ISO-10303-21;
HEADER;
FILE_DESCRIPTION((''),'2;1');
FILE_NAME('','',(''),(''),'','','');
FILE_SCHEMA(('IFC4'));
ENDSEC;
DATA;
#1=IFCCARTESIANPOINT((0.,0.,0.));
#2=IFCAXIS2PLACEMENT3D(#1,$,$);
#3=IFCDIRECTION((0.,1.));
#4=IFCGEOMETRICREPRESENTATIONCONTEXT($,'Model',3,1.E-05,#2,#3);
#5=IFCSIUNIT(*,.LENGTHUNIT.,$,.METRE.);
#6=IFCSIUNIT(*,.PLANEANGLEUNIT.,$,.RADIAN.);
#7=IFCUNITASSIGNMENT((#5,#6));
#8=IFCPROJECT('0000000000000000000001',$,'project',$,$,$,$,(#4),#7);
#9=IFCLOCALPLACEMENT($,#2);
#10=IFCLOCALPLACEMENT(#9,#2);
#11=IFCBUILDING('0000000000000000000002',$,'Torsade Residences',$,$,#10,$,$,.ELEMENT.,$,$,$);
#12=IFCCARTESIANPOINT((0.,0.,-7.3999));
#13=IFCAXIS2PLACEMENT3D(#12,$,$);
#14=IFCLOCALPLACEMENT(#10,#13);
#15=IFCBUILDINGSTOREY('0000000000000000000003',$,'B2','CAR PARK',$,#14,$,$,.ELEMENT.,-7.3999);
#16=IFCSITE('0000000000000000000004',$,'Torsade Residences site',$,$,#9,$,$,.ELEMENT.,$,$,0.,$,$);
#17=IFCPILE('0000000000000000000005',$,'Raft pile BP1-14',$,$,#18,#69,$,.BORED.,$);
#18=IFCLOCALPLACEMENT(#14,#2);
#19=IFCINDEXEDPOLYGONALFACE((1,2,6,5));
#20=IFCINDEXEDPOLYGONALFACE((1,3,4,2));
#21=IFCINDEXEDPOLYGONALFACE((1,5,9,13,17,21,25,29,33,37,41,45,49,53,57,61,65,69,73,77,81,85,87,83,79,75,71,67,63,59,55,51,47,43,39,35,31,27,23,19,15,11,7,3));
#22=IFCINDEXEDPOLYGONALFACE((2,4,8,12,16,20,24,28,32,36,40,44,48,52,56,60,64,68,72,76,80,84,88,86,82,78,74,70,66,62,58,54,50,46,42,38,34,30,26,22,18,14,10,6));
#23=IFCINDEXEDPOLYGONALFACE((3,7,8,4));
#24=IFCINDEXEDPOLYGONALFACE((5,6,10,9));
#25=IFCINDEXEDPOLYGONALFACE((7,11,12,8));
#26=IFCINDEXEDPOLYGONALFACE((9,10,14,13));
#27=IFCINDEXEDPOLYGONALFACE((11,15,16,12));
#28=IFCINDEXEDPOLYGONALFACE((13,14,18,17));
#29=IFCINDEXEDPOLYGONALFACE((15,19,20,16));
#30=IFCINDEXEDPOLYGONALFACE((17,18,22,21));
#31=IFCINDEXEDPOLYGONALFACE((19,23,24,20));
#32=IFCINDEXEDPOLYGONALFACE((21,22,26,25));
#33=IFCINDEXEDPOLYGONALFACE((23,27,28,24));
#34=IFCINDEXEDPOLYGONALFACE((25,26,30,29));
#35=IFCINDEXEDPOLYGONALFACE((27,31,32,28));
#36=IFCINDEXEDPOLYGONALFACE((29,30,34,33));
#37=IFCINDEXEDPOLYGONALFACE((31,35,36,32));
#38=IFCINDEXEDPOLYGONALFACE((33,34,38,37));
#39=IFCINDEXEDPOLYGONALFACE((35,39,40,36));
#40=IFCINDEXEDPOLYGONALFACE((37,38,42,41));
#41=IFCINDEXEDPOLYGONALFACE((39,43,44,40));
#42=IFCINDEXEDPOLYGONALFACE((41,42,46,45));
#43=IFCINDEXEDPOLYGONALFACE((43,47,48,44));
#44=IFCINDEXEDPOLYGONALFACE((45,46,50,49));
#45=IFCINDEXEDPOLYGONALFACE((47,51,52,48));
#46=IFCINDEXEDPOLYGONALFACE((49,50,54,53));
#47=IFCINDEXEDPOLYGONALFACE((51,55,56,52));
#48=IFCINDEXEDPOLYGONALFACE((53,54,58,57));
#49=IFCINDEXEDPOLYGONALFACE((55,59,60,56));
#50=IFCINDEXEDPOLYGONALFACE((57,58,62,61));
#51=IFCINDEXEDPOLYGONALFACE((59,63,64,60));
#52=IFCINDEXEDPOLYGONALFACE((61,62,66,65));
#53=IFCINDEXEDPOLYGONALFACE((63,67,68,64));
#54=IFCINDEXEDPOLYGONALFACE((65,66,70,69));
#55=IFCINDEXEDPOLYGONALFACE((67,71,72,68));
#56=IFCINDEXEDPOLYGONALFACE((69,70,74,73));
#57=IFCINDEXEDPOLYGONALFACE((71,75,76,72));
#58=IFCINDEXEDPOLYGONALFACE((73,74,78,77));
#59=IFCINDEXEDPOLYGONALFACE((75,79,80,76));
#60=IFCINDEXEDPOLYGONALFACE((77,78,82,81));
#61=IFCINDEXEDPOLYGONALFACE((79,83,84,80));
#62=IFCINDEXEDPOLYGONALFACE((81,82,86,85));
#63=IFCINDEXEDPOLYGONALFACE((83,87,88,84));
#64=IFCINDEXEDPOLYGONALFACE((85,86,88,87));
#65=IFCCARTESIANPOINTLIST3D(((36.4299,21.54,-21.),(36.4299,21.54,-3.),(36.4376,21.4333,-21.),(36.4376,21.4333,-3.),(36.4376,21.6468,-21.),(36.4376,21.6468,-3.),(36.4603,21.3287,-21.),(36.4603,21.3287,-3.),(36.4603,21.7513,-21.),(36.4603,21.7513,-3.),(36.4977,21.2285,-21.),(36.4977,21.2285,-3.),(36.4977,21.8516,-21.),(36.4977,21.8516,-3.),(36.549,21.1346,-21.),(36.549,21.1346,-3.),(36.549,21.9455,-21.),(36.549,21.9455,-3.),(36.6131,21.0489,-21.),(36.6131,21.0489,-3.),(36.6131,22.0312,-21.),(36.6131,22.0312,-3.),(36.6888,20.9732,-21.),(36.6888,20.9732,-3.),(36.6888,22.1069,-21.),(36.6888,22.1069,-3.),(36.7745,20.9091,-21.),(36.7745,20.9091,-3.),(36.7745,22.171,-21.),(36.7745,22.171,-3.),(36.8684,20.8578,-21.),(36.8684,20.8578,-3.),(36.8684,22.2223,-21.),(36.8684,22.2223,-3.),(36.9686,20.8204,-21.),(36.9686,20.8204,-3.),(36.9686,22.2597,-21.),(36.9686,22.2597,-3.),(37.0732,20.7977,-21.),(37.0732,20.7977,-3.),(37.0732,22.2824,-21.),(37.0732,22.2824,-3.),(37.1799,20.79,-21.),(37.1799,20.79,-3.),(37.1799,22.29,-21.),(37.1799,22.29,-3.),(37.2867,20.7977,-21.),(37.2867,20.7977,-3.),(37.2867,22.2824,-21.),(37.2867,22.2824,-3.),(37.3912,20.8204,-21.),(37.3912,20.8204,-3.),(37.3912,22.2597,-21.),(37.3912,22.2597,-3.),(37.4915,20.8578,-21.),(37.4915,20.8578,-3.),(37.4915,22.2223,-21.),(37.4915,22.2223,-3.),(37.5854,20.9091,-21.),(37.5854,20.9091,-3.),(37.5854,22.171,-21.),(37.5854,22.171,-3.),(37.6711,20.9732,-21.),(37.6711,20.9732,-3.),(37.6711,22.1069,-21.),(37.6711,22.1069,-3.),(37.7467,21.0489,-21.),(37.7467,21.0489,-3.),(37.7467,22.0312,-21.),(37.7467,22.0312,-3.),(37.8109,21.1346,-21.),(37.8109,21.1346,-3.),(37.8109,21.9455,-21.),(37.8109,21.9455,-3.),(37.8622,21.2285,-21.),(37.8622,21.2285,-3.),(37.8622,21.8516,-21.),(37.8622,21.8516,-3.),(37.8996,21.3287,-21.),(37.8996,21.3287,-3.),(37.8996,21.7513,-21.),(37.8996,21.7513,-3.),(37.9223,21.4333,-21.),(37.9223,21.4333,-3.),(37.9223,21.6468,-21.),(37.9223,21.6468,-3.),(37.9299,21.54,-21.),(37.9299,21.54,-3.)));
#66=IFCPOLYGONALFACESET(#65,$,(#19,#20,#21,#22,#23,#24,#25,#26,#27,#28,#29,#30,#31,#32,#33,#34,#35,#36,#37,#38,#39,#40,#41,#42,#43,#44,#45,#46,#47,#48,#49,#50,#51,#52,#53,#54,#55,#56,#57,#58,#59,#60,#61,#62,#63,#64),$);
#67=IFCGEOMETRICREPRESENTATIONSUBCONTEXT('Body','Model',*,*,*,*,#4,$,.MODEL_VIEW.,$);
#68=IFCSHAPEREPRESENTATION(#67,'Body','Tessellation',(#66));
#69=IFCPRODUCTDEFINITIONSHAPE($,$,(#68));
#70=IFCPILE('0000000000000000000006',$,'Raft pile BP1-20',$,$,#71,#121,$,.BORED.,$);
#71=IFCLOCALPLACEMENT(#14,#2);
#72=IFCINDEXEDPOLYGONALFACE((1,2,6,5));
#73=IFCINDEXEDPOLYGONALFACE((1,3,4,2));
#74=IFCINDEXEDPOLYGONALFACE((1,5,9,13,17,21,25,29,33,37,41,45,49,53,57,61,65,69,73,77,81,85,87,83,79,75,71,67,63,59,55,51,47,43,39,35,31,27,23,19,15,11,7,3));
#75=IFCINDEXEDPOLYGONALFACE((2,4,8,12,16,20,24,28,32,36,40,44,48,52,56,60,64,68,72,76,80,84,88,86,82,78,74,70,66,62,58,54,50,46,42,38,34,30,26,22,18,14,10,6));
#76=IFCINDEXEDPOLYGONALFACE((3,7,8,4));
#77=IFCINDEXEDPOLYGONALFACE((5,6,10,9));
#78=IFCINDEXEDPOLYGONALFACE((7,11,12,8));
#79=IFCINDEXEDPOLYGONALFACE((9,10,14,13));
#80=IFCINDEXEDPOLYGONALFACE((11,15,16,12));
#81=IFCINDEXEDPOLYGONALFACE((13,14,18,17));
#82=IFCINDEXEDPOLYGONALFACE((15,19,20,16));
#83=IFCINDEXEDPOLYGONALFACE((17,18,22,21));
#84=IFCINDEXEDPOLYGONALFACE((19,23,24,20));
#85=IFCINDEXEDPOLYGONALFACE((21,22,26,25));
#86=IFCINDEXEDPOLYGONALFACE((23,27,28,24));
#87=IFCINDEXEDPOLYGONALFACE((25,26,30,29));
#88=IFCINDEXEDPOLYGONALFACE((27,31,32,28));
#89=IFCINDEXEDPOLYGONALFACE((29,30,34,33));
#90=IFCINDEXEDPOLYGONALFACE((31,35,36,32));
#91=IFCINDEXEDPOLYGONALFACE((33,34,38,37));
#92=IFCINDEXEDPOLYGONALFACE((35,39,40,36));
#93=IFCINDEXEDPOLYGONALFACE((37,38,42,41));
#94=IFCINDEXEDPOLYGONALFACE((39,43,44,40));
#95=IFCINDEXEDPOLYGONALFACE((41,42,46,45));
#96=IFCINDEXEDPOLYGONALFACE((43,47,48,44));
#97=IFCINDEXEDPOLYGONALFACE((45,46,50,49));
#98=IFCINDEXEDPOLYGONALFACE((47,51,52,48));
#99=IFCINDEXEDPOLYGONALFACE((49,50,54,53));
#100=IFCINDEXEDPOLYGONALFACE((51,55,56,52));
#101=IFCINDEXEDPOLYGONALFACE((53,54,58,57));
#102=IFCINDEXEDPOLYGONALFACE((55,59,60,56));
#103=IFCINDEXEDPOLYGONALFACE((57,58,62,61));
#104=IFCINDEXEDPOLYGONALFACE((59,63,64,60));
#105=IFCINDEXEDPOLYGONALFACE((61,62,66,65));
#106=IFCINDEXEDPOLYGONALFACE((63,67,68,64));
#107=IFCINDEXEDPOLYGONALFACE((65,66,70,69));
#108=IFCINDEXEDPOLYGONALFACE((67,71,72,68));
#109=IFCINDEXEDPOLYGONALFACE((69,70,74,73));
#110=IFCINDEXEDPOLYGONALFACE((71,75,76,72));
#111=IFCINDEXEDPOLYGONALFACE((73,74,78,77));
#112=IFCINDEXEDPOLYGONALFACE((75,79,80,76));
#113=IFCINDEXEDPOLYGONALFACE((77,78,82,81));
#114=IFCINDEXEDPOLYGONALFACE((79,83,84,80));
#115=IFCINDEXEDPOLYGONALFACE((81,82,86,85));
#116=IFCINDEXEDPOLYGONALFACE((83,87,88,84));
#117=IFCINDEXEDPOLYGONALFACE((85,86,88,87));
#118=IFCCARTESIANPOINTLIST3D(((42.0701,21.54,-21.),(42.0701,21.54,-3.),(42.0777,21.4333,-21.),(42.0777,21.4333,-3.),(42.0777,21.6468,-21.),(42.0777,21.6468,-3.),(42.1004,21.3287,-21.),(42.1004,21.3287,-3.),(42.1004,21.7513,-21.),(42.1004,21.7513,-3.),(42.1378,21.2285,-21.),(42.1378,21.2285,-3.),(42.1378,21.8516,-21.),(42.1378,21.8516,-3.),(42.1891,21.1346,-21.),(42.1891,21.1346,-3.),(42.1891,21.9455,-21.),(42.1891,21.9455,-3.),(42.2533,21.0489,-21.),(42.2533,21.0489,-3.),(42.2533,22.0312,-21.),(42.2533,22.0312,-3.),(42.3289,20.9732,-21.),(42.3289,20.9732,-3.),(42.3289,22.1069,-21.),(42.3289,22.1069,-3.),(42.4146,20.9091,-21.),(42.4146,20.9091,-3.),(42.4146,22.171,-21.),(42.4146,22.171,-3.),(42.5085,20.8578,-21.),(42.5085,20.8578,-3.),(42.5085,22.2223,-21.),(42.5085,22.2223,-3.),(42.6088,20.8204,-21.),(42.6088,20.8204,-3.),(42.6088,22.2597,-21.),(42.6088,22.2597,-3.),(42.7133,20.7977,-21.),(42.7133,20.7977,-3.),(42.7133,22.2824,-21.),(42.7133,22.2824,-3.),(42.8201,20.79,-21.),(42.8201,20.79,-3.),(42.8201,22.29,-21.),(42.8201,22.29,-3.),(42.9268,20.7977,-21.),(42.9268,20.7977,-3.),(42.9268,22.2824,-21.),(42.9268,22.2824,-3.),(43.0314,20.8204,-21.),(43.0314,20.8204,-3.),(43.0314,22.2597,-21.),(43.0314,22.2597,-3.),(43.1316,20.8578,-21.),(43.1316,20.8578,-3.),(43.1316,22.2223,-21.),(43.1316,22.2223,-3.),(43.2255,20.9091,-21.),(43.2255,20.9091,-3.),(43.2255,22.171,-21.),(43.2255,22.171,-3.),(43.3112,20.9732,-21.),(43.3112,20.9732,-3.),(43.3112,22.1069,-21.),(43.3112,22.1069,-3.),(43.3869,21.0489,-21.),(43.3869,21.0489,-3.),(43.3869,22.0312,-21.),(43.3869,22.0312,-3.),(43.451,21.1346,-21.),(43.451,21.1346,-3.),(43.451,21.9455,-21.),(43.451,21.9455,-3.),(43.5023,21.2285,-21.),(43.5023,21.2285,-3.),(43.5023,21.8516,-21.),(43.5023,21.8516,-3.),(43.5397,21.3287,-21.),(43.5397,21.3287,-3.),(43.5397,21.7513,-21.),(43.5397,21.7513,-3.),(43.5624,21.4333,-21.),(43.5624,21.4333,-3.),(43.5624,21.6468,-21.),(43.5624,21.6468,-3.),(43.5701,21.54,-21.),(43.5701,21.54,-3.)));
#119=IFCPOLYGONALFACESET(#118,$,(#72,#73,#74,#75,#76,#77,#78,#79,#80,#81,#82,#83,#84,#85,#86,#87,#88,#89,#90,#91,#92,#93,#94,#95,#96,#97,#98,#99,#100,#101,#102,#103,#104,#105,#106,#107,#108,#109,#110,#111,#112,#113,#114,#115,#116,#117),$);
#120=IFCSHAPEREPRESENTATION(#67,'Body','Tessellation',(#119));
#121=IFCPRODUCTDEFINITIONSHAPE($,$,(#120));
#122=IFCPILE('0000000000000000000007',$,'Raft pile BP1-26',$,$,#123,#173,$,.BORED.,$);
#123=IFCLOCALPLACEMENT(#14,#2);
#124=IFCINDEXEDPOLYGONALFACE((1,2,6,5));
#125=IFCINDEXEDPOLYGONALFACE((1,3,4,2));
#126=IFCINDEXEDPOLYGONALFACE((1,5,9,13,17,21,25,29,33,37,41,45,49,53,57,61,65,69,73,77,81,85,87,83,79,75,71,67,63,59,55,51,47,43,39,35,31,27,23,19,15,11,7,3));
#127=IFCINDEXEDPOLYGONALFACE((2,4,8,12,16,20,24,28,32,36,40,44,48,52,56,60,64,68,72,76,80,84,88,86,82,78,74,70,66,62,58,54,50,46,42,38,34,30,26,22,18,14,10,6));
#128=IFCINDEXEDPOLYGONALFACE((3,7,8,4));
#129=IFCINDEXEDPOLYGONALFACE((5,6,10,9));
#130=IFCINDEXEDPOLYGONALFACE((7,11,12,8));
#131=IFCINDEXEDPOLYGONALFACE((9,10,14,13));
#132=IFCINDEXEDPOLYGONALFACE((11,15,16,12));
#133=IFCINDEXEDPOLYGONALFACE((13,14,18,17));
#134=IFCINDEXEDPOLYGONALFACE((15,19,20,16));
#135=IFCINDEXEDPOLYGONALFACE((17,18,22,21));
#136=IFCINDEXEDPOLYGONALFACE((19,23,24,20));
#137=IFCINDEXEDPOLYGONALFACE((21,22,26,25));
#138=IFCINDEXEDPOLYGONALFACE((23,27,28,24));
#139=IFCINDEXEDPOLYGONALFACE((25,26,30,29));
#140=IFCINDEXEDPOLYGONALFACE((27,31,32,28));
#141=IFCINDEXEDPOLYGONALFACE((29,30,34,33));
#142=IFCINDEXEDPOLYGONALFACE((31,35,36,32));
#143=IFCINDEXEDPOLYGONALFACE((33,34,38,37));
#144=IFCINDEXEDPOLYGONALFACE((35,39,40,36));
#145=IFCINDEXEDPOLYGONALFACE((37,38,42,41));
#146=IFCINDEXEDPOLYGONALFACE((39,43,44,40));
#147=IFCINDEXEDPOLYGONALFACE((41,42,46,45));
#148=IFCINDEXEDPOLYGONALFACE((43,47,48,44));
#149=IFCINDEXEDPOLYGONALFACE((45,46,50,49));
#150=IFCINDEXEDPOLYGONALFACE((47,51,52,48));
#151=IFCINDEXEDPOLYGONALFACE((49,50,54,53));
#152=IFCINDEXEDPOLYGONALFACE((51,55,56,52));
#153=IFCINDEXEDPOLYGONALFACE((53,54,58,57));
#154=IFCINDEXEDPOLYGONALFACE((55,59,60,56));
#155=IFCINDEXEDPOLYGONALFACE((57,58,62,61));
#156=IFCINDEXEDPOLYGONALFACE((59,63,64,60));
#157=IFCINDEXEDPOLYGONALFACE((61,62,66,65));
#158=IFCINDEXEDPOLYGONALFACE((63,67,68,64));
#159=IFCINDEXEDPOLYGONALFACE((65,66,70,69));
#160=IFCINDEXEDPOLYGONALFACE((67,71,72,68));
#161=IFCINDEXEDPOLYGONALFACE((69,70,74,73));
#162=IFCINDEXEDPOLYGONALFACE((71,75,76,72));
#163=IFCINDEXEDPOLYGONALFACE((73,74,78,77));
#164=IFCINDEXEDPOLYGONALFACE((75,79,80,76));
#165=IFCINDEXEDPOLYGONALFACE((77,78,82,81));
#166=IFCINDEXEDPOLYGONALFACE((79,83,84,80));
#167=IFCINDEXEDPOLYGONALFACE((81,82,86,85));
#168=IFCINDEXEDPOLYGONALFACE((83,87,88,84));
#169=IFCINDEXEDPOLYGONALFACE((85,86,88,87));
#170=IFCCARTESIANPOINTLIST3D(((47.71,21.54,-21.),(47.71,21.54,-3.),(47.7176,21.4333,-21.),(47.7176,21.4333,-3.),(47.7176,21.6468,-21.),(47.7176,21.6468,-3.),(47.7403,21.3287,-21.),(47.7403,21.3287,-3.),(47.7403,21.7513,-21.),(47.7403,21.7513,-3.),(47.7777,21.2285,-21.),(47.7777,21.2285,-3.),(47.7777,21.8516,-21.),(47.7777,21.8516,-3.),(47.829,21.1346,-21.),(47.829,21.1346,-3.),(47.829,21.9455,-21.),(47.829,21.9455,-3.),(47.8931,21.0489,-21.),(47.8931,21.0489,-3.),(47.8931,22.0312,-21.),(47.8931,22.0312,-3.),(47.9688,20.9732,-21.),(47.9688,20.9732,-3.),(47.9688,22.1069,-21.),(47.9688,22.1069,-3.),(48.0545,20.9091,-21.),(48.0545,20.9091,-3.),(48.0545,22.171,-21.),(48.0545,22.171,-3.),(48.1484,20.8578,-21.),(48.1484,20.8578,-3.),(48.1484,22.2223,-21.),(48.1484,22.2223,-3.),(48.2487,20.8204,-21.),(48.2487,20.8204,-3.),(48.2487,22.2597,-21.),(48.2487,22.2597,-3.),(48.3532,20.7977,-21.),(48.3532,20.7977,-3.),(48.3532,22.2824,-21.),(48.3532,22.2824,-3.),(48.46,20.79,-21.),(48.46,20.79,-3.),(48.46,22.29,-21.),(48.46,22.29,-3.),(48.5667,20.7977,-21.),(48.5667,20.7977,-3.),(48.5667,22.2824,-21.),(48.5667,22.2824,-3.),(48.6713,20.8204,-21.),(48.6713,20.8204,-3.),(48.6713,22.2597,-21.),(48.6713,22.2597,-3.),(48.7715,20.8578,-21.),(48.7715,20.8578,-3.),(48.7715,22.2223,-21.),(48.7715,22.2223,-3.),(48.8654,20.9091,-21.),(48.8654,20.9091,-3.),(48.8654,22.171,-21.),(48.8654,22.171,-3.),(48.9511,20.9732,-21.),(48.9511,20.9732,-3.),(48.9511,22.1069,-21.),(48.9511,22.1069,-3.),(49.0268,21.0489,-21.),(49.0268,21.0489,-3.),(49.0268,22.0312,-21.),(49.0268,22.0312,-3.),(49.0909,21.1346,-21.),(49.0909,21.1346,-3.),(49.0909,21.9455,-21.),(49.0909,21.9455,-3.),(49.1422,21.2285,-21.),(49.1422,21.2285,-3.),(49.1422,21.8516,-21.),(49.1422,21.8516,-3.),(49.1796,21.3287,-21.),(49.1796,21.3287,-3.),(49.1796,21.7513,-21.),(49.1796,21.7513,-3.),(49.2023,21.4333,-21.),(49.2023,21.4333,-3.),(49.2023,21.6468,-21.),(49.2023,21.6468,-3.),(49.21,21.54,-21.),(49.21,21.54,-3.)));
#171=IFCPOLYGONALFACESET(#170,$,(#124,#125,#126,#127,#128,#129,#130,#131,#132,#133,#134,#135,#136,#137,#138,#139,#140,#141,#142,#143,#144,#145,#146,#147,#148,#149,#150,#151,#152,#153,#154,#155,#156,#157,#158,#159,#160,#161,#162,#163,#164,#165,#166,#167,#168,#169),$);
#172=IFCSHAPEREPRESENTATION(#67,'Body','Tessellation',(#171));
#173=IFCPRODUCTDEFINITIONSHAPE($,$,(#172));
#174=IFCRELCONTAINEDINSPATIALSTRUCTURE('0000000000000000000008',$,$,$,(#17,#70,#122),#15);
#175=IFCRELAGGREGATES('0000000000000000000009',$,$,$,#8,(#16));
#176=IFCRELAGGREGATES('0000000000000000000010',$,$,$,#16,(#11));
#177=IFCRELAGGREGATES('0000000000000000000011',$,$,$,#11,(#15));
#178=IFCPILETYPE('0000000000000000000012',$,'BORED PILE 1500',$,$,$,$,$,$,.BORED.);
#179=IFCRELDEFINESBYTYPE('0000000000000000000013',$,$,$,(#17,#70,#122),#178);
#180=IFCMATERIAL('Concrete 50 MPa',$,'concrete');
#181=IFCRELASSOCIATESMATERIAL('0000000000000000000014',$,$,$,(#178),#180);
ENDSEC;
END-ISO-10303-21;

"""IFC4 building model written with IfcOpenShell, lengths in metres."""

from ifc_helpers import new_model, si_unit, direction, frame, origin, origin_2d, place, context, subcontext, project, spatial, circle, extrude, material, type_object, element, save


model = new_model("IFC4")

# Units and contexts
model_context = context("Model", 3, precision=1e-05, world=origin(), true_north=direction((0.0, 1.0)))
body_context = subcontext(model_context, "Body", "Model", "MODEL_VIEW")
ifc_project = project(units=[si_unit("LENGTHUNIT", "METRE"), si_unit("PLANEANGLEUNIT", "RADIAN")], contexts=[model_context])

# Site, building, storey
site_placement = place(None, origin())
site = spatial("IfcSite", under=ifc_project, at=site_placement, Name="Torsade Residences site", CompositionType="ELEMENT", RefElevation=0.0)
building_placement = place(site_placement, origin())
building = spatial("IfcBuilding", under=site, at=building_placement, Name="Torsade Residences", CompositionType="ELEMENT")
storey_placement = place(building_placement, frame((0.0, 0.0, -7.3999)))
storey = spatial("IfcBuildingStorey", under=building, at=storey_placement, Name="B2", Description="CAR PARK", CompositionType="ELEMENT", Elevation=-7.3999)

# Piles
ifc_material_1 = material(Name="Concrete 50 MPa", Category="concrete")
pile_type = type_object("IfcPileType", Name="BORED PILE 1500", PredefinedType="BORED", material=ifc_material_1)
for number, where, z_axis, x_axis, name in (
    (1, (37.1799, 21.54, -3.0), (0.0, 0.0, -1.0), (1.0, 0.0, 0.0), "Raft pile BP1-14"),
    (2, (42.8201, 21.54, -3.0), (0.0, 0.0, -1.0), (1.0, 0.0, 0.0), "Raft pile BP1-20"),
    (3, (48.46, 21.54, -3.0), (0.0, 0.0, -1.0), (1.0, 0.0, 0.0), "Raft pile BP1-26"),
):
    element("IfcPile", number, at=place(storey_placement, frame(where, z_axis=z_axis, x_axis=x_axis)), inside=storey, type_object=pile_type, Name=name, PredefinedType="BORED", context=body_context, shape_type="SweptSolid", body=[
        extrude(circle(Radius=0.75, at=origin_2d()), origin(), (0.0, 0.0, 1.0), 18.0),
    ])

save(model, "model.ifc")
